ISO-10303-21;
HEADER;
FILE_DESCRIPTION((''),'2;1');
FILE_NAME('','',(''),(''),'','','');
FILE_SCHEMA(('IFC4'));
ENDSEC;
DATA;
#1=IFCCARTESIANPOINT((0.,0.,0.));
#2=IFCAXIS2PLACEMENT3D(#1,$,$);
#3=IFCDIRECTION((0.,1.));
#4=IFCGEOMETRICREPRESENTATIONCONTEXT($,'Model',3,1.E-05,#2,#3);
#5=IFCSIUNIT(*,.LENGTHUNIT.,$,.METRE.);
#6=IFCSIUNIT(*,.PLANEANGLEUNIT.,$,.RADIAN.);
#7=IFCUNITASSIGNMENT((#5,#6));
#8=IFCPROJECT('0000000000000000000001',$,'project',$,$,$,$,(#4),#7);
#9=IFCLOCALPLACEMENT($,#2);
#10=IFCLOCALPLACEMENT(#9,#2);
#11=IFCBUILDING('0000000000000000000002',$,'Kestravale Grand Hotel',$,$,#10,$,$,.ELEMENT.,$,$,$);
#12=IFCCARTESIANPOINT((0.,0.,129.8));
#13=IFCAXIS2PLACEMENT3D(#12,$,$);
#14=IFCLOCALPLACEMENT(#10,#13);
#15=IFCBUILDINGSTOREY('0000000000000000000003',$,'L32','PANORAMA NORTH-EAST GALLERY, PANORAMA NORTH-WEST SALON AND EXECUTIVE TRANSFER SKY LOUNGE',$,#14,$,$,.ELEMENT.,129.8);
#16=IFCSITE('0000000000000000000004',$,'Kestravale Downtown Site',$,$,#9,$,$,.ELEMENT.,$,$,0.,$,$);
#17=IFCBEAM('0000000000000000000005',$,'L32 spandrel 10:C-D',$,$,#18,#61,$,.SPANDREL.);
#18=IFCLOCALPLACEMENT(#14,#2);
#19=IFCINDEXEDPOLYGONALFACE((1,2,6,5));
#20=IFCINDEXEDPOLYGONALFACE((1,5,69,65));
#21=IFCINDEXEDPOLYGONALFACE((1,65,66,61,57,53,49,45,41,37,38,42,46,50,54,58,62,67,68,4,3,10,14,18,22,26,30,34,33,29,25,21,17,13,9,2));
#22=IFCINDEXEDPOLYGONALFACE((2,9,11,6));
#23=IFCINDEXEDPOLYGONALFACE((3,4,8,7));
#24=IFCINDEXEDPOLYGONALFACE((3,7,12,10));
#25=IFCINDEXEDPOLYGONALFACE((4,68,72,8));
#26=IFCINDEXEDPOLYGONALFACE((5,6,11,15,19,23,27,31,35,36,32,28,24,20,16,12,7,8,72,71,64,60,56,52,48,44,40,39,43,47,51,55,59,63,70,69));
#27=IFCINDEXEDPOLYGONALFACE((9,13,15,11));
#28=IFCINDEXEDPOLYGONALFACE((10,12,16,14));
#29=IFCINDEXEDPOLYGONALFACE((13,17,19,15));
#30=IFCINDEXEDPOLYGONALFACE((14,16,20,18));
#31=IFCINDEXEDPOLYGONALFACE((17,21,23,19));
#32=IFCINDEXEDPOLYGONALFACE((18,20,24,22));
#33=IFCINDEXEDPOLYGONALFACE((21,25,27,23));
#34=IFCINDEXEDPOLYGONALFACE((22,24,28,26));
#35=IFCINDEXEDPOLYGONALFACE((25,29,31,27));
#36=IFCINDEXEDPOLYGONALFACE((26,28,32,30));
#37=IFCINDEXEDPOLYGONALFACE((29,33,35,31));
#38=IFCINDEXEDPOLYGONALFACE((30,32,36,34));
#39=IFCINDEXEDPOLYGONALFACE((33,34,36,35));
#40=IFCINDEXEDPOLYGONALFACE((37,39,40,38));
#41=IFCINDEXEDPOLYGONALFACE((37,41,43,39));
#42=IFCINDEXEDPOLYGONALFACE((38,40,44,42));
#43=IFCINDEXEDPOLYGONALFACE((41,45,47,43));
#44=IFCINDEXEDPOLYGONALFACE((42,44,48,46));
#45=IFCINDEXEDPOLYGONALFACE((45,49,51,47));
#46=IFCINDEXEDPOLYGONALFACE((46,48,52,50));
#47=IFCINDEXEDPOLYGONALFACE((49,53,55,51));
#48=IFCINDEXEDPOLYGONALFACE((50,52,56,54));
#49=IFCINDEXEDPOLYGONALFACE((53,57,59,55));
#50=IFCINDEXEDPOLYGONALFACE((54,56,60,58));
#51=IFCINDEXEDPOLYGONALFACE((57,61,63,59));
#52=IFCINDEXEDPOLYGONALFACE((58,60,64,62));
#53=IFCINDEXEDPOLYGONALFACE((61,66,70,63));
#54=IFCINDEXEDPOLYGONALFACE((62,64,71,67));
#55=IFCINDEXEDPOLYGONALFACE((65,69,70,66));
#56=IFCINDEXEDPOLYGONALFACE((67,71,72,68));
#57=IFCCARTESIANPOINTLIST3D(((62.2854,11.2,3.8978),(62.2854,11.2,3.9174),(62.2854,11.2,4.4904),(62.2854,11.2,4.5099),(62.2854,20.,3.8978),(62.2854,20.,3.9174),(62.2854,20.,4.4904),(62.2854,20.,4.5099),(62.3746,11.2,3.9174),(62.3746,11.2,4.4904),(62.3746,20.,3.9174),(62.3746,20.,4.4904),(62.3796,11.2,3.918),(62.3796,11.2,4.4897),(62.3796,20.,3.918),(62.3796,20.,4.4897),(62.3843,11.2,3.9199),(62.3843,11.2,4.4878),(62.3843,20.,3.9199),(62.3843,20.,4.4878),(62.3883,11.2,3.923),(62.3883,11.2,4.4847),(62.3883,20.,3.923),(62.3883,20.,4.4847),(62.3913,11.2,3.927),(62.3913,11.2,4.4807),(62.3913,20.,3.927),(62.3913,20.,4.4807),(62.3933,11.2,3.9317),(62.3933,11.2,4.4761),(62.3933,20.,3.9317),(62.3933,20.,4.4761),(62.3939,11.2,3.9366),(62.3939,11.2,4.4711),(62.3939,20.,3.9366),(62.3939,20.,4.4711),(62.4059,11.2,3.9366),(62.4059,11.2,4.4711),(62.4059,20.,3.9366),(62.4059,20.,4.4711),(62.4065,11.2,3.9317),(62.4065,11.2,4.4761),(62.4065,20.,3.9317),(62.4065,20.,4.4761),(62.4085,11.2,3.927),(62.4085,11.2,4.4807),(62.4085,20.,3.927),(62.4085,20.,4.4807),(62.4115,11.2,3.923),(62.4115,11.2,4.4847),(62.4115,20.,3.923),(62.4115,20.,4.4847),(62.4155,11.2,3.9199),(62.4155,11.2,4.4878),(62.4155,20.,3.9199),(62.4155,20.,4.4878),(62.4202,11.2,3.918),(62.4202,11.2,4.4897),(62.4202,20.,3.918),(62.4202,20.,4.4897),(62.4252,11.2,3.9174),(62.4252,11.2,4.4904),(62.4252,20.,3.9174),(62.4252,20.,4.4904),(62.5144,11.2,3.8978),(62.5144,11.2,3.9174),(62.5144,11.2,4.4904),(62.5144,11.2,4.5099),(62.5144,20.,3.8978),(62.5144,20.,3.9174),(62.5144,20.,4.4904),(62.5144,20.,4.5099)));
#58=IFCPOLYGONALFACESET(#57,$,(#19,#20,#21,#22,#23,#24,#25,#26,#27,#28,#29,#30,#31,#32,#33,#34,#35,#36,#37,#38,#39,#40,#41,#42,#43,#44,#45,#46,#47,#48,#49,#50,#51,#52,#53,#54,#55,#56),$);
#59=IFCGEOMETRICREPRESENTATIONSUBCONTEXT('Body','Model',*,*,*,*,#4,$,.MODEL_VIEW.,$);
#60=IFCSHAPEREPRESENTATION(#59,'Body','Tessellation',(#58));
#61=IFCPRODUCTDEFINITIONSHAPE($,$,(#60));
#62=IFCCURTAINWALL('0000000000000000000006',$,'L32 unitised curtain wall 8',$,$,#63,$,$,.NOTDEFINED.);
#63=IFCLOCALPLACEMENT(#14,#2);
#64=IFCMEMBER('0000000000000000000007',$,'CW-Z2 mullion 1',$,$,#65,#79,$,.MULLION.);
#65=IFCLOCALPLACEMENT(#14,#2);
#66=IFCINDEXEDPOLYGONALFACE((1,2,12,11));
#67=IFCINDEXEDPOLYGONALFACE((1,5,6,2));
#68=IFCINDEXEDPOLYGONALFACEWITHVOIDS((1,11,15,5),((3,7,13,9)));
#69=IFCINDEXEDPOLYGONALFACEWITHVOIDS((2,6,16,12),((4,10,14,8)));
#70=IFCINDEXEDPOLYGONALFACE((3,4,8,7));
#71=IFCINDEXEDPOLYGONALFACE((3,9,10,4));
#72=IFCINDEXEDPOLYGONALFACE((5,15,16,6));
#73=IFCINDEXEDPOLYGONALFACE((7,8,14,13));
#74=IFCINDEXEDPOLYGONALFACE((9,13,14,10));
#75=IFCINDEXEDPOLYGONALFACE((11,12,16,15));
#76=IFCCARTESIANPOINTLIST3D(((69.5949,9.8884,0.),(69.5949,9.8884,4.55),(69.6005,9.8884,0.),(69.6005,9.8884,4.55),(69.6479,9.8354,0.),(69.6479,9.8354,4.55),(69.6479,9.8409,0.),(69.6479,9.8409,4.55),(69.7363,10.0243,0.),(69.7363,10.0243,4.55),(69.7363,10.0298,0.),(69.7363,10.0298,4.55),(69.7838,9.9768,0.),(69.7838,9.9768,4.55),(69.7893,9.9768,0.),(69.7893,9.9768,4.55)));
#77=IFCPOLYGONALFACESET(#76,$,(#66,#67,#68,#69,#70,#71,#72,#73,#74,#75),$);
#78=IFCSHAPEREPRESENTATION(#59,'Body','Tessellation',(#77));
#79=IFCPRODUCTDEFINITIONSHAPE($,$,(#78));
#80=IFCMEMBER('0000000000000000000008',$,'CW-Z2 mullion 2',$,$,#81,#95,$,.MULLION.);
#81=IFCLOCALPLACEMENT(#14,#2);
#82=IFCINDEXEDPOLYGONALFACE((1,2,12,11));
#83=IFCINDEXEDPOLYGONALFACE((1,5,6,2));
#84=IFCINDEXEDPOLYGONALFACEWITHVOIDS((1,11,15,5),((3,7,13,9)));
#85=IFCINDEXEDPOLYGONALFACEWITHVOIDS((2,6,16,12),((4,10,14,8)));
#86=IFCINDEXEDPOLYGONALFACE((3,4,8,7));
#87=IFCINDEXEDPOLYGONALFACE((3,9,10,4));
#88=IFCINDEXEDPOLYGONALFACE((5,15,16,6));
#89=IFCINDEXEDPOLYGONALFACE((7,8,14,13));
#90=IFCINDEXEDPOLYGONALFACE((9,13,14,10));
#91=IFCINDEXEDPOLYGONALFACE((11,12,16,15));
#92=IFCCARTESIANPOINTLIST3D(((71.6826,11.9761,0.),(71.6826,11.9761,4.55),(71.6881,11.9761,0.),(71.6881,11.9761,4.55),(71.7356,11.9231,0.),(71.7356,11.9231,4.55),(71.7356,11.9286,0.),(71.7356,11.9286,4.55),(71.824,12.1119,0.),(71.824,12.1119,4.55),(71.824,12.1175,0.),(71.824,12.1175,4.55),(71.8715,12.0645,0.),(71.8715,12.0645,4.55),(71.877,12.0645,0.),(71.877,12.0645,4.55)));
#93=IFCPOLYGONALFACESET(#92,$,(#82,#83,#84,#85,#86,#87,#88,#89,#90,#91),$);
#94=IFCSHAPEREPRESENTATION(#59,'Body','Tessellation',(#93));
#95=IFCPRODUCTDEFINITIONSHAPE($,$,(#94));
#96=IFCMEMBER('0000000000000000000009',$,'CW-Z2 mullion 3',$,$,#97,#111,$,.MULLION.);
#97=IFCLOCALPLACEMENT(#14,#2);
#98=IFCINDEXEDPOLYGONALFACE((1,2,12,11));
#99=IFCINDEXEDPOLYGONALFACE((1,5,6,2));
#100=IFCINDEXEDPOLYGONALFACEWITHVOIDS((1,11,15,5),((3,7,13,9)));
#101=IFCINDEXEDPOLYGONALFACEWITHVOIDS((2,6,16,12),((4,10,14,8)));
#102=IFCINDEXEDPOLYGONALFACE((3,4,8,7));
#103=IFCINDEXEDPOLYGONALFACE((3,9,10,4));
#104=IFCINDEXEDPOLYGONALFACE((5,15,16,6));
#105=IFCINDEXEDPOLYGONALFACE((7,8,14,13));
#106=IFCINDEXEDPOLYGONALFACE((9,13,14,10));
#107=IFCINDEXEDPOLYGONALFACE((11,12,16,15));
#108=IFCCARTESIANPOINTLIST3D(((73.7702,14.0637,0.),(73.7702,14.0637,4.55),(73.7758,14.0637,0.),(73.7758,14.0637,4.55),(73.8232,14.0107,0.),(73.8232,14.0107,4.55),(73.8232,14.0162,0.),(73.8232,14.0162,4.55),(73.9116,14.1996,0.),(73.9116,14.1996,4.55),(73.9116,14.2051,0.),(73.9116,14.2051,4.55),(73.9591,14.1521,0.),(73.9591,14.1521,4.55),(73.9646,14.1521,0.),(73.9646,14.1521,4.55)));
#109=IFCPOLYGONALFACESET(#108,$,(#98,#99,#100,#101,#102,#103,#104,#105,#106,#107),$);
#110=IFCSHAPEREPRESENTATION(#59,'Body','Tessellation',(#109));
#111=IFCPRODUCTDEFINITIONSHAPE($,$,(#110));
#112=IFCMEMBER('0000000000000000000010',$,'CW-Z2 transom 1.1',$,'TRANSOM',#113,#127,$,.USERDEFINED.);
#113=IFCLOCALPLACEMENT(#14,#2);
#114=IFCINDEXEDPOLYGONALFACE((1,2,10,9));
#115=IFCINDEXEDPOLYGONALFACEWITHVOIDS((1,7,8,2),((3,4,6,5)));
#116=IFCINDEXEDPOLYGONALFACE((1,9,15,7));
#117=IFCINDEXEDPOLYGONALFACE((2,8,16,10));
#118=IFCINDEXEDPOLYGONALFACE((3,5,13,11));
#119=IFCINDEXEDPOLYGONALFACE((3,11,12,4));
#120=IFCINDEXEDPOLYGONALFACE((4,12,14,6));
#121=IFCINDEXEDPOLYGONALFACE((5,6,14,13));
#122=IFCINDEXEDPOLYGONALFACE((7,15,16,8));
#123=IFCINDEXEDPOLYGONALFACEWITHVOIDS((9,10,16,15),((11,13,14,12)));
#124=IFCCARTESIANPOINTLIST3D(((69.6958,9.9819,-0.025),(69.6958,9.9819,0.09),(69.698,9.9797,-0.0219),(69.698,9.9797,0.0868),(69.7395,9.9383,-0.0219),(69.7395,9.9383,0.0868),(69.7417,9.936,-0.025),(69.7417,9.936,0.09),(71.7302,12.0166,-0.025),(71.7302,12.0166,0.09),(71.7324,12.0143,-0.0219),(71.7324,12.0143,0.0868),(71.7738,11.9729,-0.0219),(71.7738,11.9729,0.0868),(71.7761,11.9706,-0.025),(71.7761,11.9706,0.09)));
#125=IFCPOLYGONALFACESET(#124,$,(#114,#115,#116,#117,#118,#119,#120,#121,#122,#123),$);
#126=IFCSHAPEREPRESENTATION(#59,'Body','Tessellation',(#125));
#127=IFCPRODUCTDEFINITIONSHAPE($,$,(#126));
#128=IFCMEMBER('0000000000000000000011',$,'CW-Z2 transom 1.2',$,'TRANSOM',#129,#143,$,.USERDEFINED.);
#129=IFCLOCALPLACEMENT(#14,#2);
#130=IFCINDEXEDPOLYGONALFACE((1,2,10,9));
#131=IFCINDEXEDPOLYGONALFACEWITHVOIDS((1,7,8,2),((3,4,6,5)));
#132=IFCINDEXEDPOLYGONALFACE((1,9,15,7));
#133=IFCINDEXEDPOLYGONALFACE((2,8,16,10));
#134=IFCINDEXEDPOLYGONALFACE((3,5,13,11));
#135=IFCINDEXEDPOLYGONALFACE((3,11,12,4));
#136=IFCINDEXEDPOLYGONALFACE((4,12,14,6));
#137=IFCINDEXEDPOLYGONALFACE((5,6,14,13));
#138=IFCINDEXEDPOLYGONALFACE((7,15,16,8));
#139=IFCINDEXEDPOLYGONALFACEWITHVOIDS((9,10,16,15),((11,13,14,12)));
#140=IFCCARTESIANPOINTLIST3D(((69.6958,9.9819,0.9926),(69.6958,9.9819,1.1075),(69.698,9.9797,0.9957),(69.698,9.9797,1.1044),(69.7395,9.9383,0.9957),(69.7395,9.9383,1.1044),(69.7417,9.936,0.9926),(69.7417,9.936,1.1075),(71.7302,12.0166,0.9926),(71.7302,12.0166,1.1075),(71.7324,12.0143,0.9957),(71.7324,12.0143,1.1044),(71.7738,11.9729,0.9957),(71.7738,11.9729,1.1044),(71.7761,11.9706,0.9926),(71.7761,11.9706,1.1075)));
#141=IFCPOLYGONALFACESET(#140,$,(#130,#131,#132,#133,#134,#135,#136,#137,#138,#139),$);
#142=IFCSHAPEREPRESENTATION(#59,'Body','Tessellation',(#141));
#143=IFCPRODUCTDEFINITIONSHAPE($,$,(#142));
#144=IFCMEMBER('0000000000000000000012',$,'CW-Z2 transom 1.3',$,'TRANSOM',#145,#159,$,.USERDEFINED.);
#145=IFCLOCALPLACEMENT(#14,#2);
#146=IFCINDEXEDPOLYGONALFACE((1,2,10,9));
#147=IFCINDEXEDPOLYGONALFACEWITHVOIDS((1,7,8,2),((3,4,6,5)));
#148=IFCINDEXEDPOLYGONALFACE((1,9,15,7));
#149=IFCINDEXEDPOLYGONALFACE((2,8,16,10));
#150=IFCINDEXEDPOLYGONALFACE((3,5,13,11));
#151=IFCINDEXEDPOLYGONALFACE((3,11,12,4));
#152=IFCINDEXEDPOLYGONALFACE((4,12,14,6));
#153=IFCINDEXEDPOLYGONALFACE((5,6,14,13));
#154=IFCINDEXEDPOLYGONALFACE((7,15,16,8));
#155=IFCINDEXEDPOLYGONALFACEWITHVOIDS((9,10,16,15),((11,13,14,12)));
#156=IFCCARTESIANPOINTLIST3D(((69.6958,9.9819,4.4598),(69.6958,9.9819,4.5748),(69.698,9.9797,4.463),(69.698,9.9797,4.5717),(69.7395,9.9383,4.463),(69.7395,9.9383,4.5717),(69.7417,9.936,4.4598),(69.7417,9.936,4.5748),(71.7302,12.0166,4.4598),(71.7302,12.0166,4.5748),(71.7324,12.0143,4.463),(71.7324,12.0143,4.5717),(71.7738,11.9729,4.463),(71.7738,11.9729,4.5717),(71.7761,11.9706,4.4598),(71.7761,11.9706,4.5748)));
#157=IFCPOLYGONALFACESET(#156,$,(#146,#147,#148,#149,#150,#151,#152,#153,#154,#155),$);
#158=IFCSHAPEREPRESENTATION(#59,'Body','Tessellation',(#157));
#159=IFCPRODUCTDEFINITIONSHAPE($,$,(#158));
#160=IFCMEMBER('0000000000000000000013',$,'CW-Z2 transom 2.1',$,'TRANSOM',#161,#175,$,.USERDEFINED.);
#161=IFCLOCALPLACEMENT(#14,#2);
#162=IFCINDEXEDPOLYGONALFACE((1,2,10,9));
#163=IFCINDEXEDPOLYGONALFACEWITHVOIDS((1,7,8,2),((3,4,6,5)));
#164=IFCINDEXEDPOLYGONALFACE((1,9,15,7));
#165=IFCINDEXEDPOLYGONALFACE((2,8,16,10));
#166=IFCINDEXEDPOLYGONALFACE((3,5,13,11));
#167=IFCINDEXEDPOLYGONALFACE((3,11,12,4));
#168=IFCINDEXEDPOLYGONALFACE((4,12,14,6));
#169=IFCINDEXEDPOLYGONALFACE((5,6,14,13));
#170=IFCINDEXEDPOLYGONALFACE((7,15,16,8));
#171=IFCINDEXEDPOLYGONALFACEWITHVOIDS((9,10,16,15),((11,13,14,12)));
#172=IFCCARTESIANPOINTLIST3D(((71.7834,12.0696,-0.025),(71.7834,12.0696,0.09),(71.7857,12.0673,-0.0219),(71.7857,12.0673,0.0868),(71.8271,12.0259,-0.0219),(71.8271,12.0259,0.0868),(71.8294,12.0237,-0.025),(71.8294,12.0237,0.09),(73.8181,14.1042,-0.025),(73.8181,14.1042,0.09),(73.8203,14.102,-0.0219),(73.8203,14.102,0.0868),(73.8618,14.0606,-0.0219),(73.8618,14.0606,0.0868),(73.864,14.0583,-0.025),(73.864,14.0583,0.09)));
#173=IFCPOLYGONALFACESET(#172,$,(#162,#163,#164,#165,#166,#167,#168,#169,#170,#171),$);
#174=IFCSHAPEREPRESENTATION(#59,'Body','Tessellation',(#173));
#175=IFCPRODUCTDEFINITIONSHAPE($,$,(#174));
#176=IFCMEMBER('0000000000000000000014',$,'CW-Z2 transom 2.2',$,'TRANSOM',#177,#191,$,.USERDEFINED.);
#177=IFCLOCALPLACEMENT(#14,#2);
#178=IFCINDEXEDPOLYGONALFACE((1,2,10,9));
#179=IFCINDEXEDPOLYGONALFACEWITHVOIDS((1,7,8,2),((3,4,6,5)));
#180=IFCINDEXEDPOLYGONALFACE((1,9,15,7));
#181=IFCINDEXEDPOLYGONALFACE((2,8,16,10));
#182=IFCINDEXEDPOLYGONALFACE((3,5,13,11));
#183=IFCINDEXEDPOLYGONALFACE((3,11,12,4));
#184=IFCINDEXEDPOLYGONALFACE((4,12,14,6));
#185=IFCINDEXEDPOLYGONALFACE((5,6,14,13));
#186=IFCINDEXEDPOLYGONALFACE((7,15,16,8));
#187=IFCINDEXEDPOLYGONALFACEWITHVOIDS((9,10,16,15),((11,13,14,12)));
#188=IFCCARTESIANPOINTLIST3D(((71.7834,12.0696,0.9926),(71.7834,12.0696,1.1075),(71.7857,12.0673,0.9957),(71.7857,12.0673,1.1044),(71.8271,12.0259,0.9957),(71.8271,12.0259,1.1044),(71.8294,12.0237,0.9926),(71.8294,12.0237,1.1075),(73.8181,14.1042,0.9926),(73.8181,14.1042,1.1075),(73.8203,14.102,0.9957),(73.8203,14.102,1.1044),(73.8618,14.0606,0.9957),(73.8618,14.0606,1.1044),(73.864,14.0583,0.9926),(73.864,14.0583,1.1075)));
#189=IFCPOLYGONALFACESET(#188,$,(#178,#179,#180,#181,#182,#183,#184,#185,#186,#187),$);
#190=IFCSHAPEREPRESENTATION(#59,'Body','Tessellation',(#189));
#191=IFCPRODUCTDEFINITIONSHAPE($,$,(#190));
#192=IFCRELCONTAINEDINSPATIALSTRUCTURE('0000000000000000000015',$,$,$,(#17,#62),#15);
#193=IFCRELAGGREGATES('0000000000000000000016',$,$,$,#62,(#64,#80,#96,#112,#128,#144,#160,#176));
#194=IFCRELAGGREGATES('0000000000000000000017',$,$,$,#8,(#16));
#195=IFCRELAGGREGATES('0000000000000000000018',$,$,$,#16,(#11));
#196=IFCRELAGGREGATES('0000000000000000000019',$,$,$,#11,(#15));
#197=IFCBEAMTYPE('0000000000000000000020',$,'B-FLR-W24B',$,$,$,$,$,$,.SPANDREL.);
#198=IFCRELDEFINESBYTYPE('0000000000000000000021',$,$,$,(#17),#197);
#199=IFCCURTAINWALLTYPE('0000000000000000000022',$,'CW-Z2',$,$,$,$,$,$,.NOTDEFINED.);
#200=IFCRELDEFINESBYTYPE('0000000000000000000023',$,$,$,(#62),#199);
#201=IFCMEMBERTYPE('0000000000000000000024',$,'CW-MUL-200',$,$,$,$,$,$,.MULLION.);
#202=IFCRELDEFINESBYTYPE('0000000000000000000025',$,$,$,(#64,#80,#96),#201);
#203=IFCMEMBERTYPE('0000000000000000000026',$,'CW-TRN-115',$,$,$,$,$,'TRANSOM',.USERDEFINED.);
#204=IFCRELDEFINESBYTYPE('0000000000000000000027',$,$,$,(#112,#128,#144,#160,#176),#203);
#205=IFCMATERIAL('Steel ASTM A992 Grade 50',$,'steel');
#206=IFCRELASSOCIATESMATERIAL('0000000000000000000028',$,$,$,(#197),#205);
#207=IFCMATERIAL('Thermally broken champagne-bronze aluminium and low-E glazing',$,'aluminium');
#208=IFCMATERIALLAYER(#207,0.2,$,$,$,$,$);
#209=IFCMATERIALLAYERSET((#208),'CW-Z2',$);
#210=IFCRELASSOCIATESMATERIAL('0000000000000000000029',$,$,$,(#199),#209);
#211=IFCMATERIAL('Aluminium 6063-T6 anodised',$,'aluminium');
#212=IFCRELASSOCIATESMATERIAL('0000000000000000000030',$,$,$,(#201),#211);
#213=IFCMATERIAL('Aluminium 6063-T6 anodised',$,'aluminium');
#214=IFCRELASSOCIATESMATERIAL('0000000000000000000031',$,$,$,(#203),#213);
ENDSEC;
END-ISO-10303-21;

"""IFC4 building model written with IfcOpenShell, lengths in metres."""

from ifc_helpers import new_model, si_unit, direction, frame, origin, origin_2d, place, context, subcontext, project, spatial, hollow_rectangle, i_section, extrude, material, layer, layer_set, material_profile, profile_set, type_object, element, aggregate, save


model = new_model("IFC4")

# Units and contexts
model_context = context("Model", 3, precision=1e-05, world=origin(), true_north=direction((0.0, 1.0)))
body_context = subcontext(model_context, "Body", "Model", "MODEL_VIEW")
ifc_project = project(units=[si_unit("LENGTHUNIT", "METRE"), si_unit("PLANEANGLEUNIT", "RADIAN")], contexts=[model_context])

# Site, building, storey
site_placement = place(None, origin())
site = spatial("IfcSite", under=ifc_project, at=site_placement, Name="Kestravale Downtown Site", CompositionType="ELEMENT", RefElevation=0.0)
building_placement = place(site_placement, origin())
building = spatial("IfcBuilding", under=site, at=building_placement, Name="Kestravale Grand Hotel", CompositionType="ELEMENT")
storey_placement = place(building_placement, frame((0.0, 0.0, 129.8)))
storey = spatial("IfcBuildingStorey", under=building, at=storey_placement, Name="L32", Description="PANORAMA NORTH-EAST GALLERY, PANORAMA NORTH-WEST SALON AND EXECUTIVE TRANSFER SKY LOUNGE", CompositionType="ELEMENT", Elevation=129.8)

# Beam
ifc_material_1 = material(Name="Steel ASTM A992 Grade 50", Category="steel")
ifc_material_profile_1 = material_profile(ifc_material_1, i_section(OverallWidth=0.229, OverallDepth=0.6121, WebThickness=0.012, FlangeThickness=0.0195, FilletRadius=0.0193, at=origin_2d()))
ifc_profile_set_1 = profile_set([ifc_material_profile_1], Name="Steel ASTM A992 Grade 50")
beam_type_1 = type_object("IfcBeamType", Name="B-FLR-W24B", PredefinedType="SPANDREL", material=ifc_profile_set_1)
beam_placement = place(storey_placement, frame((62.3999, 11.2, 4.2039), z_axis=(0.0, 1.0, 0.0), x_axis=(-1.0, 0.0, 0.0)))
element("IfcBeam", 1, at=beam_placement, inside=storey, type_object=beam_type_1, Name="L32 spandrel 10:C-D", PredefinedType="SPANDREL", context=body_context, shape_type="SweptSolid", body=[
    extrude(i_section(OverallWidth=0.229, OverallDepth=0.6121, WebThickness=0.012, FlangeThickness=0.0195, FilletRadius=0.0193, at=origin_2d()), origin(), (0.0, 0.0, 1.0), 8.8),
])

# Curtain wall, members
ifc_material_2 = material(Name="Thermally broken champagne-bronze aluminium and low-E glazing", Category="aluminium")
ifc_layer_1 = layer(ifc_material_2, 0.2)
ifc_layer_set_1 = layer_set([ifc_layer_1], Name="CW-Z2")
curtain_wall_type = type_object("IfcCurtainWallType", Name="CW-Z2", PredefinedType="NOTDEFINED", material=ifc_layer_set_1)
curtain_wall_placement = place(storey_placement, origin())
curtain_wall = element("IfcCurtainWall", 2, at=curtain_wall_placement, inside=storey, type_object=curtain_wall_type, Name="L32 unitised curtain wall 8", PredefinedType="NOTDEFINED")
ifc_material_3 = material(Name="Aluminium 6063-T6 anodised", Category="aluminium")
ifc_material_profile_2 = material_profile(ifc_material_3, hollow_rectangle(XDim=0.075, YDim=0.2, WallThickness=0.0039, at=origin_2d()))
ifc_profile_set_2 = profile_set([ifc_material_profile_2], Name="Aluminium 6063-T6 anodised")
member_type_1 = type_object("IfcMemberType", Name="CW-MUL-200", PredefinedType="MULLION", material=ifc_profile_set_2)
member_1_placement = place(storey_placement, frame((69.6921, 9.9326, 0.0), z_axis=(0.0, 0.0, 1.0), x_axis=(-0.707107, 0.707107, 0.0)))
member_1 = element("IfcMember", 3, at=member_1_placement, type_object=member_type_1, Name="CW-Z2 mullion 1", PredefinedType="MULLION", context=body_context, shape_type="SweptSolid", body=[
    extrude(hollow_rectangle(XDim=0.075, YDim=0.2, WallThickness=0.0039, at=origin_2d()), origin(), (0.0, 0.0, 1.0), 4.55),
])
member_2_placement = place(storey_placement, frame((71.7798, 12.0203, 0.0), z_axis=(0.0, 0.0, 1.0), x_axis=(-0.707107, 0.707107, 0.0)))
member_2 = element("IfcMember", 4, at=member_2_placement, type_object=member_type_1, Name="CW-Z2 mullion 2", PredefinedType="MULLION", context=body_context, shape_type="SweptSolid", body=[
    extrude(hollow_rectangle(XDim=0.075, YDim=0.2, WallThickness=0.0039, at=origin_2d()), origin(), (0.0, 0.0, 1.0), 4.55),
])
member_3_placement = place(storey_placement, frame((73.8674, 14.1079, 0.0), z_axis=(0.0, 0.0, 1.0), x_axis=(-0.707107, 0.707107, 0.0)))
member_3 = element("IfcMember", 5, at=member_3_placement, type_object=member_type_1, Name="CW-Z2 mullion 3", PredefinedType="MULLION", context=body_context, shape_type="SweptSolid", body=[
    extrude(hollow_rectangle(XDim=0.075, YDim=0.2, WallThickness=0.0039, at=origin_2d()), origin(), (0.0, 0.0, 1.0), 4.55),
])
ifc_material_4 = material(Name="Aluminium 6063-T6 anodised", Category="aluminium")
ifc_material_profile_3 = material_profile(ifc_material_4, hollow_rectangle(XDim=0.0649, YDim=0.115, WallThickness=0.0032, at=origin_2d()))
ifc_profile_set_3 = profile_set([ifc_material_profile_3], Name="Aluminium 6063-T6 anodised")
member_type_2 = type_object("IfcMemberType", Name="CW-TRN-115", ElementType="TRANSOM", PredefinedType="USERDEFINED", material=ifc_profile_set_3)
member_4_placement = place(storey_placement, frame((69.7188, 9.959, 0.0325), z_axis=(0.707064, 0.707149, 0.0), x_axis=(-0.707149, 0.707064, 0.0)))
member_4 = element("IfcMember", 6, at=member_4_placement, type_object=member_type_2, Name="CW-Z2 transom 1.1", ObjectType="TRANSOM", PredefinedType="USERDEFINED", context=body_context, shape_type="SweptSolid", body=[
    extrude(hollow_rectangle(XDim=0.0649, YDim=0.115, WallThickness=0.0032, at=origin_2d()), origin(), (0.0, 0.0, 1.0), 2.8772),
])
member_5_placement = place(storey_placement, frame((69.7188, 9.959, 1.05), z_axis=(0.707064, 0.707149, 0.0), x_axis=(-0.707149, 0.707064, 0.0)))
member_5 = element("IfcMember", 7, at=member_5_placement, type_object=member_type_2, Name="CW-Z2 transom 1.2", ObjectType="TRANSOM", PredefinedType="USERDEFINED", context=body_context, shape_type="SweptSolid", body=[
    extrude(hollow_rectangle(XDim=0.0649, YDim=0.115, WallThickness=0.0032, at=origin_2d()), origin(), (0.0, 0.0, 1.0), 2.8772),
])
member_6_placement = place(storey_placement, frame((69.7188, 9.959, 4.5173), z_axis=(0.707064, 0.707149, 0.0), x_axis=(-0.707149, 0.707064, 0.0)))
member_6 = element("IfcMember", 8, at=member_6_placement, type_object=member_type_2, Name="CW-Z2 transom 1.3", ObjectType="TRANSOM", PredefinedType="USERDEFINED", context=body_context, shape_type="SweptSolid", body=[
    extrude(hollow_rectangle(XDim=0.0649, YDim=0.115, WallThickness=0.0032, at=origin_2d()), origin(), (0.0, 0.0, 1.0), 2.8772),
])
member_7_placement = place(storey_placement, frame((71.8064, 12.0466, 0.0325), z_axis=(0.707107, 0.707107, 0.0), x_axis=(-0.707107, 0.707107, 0.0)))
member_7 = element("IfcMember", 9, at=member_7_placement, type_object=member_type_2, Name="CW-Z2 transom 2.1", ObjectType="TRANSOM", PredefinedType="USERDEFINED", context=body_context, shape_type="SweptSolid", body=[
    extrude(hollow_rectangle(XDim=0.0649, YDim=0.115, WallThickness=0.0032, at=origin_2d()), origin(), (0.0, 0.0, 1.0), 2.8774),
])
member_8_placement = place(storey_placement, frame((71.8064, 12.0466, 1.05), z_axis=(0.707107, 0.707107, 0.0), x_axis=(-0.707107, 0.707107, 0.0)))
member_8 = element("IfcMember", 10, at=member_8_placement, type_object=member_type_2, Name="CW-Z2 transom 2.2", ObjectType="TRANSOM", PredefinedType="USERDEFINED", context=body_context, shape_type="SweptSolid", body=[
    extrude(hollow_rectangle(XDim=0.0649, YDim=0.115, WallThickness=0.0032, at=origin_2d()), origin(), (0.0, 0.0, 1.0), 2.8774),
])
aggregate(curtain_wall, [member_1, member_2, member_3, member_4, member_5, member_6, member_7, member_8])

save(model, "model.ifc")
